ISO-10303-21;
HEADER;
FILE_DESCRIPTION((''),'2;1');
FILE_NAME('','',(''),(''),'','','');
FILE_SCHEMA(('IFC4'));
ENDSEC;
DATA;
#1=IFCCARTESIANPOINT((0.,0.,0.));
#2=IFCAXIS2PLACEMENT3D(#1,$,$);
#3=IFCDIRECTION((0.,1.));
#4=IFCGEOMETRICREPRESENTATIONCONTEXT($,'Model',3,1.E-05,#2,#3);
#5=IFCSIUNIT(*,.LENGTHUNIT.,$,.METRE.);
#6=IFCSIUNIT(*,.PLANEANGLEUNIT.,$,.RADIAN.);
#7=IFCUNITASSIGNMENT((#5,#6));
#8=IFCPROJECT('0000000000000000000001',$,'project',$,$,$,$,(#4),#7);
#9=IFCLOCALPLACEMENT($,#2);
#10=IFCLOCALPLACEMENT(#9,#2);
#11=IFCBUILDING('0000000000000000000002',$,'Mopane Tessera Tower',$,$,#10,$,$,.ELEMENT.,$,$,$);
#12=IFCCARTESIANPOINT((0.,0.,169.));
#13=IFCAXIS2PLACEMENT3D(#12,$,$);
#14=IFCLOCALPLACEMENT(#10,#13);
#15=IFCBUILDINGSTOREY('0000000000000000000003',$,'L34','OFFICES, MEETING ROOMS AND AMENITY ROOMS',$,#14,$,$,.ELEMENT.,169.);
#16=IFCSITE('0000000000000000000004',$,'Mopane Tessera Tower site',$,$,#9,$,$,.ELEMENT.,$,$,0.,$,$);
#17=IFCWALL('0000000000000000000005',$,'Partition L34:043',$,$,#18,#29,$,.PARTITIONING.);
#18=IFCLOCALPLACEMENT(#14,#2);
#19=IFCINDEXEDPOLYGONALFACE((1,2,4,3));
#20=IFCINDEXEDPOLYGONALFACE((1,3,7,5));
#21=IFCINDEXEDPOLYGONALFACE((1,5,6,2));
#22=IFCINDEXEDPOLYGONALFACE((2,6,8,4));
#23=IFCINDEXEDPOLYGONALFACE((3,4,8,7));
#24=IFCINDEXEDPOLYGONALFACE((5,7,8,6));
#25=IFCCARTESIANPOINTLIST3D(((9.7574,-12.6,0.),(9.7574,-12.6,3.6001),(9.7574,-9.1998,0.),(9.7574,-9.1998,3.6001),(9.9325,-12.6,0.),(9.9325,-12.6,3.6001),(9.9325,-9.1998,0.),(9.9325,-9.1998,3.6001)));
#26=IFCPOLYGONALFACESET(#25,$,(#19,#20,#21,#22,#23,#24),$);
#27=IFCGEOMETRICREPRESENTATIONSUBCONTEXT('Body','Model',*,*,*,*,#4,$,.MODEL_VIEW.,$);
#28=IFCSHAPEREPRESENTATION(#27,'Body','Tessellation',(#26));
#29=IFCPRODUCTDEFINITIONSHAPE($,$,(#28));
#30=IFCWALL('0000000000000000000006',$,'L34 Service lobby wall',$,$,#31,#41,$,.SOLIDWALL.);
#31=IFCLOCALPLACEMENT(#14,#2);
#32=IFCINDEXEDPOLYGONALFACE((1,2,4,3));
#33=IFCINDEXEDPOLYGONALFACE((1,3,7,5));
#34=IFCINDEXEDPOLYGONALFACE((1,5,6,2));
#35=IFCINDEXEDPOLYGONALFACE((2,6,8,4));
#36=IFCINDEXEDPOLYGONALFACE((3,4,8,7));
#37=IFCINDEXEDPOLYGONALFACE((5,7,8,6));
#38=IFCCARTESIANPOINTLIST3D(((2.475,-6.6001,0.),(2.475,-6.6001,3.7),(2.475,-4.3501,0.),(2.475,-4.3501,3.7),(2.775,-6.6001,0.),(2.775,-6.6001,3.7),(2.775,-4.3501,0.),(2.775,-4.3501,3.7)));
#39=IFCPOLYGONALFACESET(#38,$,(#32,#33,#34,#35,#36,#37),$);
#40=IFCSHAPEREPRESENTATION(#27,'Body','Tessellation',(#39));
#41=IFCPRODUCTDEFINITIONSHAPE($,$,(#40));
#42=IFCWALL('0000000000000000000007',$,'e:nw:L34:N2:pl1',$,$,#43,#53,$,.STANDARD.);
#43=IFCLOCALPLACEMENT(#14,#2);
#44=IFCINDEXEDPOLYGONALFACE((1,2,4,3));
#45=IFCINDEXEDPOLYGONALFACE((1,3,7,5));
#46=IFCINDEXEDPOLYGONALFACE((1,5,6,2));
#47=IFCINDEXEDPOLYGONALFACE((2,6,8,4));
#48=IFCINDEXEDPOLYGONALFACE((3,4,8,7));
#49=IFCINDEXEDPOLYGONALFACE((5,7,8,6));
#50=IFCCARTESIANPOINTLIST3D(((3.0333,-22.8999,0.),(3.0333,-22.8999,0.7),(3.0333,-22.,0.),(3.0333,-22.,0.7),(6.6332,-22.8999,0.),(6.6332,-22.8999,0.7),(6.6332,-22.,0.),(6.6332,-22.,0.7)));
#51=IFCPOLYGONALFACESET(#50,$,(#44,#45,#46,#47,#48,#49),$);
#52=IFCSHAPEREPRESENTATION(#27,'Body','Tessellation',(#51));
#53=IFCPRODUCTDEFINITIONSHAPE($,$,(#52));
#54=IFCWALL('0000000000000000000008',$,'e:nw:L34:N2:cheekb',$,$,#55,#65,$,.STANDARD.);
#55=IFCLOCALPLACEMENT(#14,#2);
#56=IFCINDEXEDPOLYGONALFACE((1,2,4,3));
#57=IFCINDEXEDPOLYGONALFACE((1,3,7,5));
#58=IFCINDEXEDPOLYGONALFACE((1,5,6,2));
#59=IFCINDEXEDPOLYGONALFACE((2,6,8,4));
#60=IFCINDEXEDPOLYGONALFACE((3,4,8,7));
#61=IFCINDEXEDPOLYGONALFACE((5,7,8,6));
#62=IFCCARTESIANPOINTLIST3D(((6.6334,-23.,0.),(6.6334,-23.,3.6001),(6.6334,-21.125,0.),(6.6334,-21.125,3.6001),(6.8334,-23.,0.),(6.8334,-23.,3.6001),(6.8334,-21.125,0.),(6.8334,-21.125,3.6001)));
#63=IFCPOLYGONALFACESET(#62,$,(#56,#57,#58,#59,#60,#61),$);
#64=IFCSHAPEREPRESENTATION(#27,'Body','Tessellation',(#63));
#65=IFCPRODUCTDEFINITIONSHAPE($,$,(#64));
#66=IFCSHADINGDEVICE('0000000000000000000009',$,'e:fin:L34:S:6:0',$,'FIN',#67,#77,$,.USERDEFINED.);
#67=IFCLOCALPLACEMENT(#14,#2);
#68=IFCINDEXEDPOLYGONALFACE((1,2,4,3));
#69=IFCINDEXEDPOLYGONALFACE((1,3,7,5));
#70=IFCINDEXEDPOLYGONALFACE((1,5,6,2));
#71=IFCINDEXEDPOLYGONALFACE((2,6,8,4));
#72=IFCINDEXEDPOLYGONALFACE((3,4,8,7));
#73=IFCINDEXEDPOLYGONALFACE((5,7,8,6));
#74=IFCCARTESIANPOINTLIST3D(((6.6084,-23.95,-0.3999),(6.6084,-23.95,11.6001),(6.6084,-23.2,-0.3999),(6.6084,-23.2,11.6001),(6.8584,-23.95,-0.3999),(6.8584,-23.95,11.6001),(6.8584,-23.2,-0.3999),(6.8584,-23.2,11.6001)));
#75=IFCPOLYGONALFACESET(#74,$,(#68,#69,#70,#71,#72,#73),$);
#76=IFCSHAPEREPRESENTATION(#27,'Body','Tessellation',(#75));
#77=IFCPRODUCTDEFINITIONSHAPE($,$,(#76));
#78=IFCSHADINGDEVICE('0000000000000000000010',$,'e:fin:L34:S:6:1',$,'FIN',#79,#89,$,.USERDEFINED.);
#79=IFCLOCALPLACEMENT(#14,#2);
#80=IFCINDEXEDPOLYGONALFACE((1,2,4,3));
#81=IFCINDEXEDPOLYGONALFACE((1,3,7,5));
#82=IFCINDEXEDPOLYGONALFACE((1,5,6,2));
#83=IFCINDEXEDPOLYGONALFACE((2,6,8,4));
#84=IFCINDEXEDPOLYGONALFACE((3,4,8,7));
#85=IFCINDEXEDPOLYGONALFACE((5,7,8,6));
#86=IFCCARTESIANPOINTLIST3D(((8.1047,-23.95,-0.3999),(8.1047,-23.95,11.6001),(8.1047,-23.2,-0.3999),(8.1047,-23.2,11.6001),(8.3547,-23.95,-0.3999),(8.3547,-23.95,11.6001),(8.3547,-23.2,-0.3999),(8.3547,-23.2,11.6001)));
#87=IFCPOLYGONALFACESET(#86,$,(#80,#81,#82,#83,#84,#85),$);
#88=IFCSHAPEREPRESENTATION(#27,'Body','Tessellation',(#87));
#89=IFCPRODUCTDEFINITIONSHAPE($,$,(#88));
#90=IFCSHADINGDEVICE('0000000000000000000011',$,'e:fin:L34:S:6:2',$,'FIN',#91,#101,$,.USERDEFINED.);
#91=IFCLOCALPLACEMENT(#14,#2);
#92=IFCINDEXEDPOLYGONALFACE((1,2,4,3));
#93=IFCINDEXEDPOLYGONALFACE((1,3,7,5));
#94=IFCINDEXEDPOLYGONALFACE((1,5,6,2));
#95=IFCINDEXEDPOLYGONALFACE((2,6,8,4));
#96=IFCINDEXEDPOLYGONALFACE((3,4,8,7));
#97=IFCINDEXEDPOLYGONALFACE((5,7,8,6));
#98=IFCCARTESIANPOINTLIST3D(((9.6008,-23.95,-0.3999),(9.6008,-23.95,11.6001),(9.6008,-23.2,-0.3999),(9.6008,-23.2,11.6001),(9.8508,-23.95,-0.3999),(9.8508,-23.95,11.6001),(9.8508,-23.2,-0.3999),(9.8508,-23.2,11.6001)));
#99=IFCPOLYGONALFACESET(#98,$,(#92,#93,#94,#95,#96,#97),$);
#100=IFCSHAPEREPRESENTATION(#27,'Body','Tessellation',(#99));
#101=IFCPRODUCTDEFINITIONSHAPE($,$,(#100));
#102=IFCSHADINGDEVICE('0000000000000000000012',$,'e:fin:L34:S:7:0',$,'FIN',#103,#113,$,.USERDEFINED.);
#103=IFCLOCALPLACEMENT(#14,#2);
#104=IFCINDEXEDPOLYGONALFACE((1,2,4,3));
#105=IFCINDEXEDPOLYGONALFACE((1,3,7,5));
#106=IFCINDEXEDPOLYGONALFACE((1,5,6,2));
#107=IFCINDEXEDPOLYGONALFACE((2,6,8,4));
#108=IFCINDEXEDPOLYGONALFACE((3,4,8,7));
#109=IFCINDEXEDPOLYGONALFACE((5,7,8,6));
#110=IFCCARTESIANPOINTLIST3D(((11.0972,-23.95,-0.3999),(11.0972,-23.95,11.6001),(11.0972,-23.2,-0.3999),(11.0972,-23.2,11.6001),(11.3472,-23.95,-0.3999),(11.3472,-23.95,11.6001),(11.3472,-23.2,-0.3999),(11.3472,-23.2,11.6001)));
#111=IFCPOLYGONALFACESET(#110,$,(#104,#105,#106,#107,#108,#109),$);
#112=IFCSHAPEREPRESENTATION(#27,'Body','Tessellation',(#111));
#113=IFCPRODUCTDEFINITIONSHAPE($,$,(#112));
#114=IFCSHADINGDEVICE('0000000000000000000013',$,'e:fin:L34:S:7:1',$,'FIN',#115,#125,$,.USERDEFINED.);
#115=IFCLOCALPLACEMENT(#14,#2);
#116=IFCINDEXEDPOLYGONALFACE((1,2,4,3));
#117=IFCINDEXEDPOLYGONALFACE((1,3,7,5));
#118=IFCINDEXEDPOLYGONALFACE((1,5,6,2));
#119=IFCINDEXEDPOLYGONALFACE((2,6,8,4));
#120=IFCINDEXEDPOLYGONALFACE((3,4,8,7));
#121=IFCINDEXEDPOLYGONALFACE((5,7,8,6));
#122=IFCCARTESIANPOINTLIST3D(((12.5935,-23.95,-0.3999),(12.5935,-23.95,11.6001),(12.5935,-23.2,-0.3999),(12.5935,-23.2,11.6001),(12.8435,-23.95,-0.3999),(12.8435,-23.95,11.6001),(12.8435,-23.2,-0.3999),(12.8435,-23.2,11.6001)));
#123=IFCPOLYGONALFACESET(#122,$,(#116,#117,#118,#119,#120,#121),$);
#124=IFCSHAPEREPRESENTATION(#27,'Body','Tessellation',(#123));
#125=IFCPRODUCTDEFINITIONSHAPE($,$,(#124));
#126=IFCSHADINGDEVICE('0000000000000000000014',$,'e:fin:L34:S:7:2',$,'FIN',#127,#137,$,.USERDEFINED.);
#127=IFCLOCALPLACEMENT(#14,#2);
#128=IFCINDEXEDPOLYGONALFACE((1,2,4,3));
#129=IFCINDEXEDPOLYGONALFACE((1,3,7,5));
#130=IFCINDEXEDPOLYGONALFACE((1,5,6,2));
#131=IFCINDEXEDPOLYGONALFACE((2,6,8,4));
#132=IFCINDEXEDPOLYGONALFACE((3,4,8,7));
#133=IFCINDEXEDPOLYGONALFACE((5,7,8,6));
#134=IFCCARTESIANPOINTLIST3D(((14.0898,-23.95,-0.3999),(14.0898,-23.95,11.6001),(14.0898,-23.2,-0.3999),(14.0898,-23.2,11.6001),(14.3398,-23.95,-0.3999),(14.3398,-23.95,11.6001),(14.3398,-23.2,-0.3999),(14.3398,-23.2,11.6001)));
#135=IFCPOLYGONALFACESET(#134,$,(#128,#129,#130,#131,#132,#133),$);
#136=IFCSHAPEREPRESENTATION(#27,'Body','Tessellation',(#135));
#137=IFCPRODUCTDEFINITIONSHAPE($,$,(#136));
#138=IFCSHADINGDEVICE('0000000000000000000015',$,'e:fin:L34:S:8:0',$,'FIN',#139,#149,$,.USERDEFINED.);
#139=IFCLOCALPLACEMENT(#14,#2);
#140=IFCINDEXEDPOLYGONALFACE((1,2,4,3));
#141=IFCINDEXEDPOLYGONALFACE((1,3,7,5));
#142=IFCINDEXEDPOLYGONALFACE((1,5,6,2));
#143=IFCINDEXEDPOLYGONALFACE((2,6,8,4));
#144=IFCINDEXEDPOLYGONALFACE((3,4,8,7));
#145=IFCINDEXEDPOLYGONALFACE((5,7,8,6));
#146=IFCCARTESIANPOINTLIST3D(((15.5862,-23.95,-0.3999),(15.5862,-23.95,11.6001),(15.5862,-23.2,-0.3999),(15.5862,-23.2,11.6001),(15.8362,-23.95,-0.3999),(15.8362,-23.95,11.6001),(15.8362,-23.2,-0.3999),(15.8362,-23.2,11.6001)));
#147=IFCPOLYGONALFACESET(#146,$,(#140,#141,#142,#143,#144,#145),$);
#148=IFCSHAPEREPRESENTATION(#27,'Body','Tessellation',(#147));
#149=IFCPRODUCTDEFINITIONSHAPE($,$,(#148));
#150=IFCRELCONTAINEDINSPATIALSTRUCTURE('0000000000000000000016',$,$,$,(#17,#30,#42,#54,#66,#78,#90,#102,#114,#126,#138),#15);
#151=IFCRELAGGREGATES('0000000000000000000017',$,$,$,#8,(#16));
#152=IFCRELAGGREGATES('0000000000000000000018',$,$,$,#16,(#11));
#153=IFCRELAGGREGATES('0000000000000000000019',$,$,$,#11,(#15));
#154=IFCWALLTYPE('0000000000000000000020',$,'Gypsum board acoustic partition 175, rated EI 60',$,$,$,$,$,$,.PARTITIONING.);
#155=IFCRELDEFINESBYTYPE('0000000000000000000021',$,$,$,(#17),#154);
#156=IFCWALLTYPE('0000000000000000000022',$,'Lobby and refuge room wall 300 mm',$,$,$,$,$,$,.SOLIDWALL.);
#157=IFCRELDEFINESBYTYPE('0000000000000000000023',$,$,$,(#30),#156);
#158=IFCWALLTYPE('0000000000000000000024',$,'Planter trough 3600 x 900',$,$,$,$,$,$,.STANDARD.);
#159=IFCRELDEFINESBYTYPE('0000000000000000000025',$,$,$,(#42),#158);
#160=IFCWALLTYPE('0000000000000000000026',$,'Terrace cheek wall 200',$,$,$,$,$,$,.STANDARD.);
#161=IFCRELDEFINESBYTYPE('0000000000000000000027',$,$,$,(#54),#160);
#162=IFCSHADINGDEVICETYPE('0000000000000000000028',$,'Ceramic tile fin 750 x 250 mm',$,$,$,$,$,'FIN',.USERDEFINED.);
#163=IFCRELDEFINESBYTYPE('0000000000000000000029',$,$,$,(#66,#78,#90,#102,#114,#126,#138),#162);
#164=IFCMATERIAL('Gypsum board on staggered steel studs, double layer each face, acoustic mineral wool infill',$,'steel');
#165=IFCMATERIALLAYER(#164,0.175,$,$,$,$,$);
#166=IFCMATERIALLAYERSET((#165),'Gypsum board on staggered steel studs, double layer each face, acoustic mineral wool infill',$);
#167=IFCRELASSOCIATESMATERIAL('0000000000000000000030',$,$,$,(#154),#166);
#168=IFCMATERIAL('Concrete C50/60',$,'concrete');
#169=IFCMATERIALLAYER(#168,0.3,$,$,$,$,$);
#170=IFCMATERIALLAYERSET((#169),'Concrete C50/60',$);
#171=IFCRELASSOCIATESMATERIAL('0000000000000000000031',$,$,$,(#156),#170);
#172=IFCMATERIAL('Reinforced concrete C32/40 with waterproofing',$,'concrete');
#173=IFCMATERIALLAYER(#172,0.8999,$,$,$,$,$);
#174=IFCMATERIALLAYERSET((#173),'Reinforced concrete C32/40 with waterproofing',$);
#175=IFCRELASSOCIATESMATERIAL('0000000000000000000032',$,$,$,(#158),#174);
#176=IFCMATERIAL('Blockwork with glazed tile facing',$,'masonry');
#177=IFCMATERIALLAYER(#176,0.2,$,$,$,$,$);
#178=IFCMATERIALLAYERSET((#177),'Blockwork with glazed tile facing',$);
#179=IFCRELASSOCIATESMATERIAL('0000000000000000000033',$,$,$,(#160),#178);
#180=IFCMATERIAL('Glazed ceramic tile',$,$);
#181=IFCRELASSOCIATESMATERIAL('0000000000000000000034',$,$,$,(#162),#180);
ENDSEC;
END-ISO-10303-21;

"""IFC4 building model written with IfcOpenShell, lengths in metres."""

from ifc_helpers import new_model, si_unit, direction, frame, frame_2d, origin, origin_2d, place, context, subcontext, project, spatial, rectangle, extrude, material, layer, layer_set, type_object, element, save


model = new_model("IFC4")

# Units and contexts
model_context = context("Model", 3, precision=1e-05, world=origin(), true_north=direction((0.0, 1.0)))
body_context = subcontext(model_context, "Body", "Model", "MODEL_VIEW")
ifc_project = project(units=[si_unit("LENGTHUNIT", "METRE"), si_unit("PLANEANGLEUNIT", "RADIAN")], contexts=[model_context])

# Site, building, storey
site_placement = place(None, origin())
site = spatial("IfcSite", under=ifc_project, at=site_placement, Name="Mopane Tessera Tower site", CompositionType="ELEMENT", RefElevation=0.0)
building_placement = place(site_placement, origin())
building = spatial("IfcBuilding", under=site, at=building_placement, Name="Mopane Tessera Tower", CompositionType="ELEMENT")
storey_placement = place(building_placement, frame((0.0, 0.0, 169.0)))
storey = spatial("IfcBuildingStorey", under=building, at=storey_placement, Name="L34", Description="OFFICES, MEETING ROOMS AND AMENITY ROOMS", CompositionType="ELEMENT", Elevation=169.0)

# Walls
ifc_material_1 = material(Name="Gypsum board on staggered steel studs, double layer each face, acoustic mineral wool infill", Category="steel")
ifc_layer_1 = layer(ifc_material_1, 0.175)
ifc_layer_set_1 = layer_set([ifc_layer_1], Name="Gypsum board on staggered steel studs, double layer each face, acoustic mineral wool infill")
wall_type_1 = type_object("IfcWallType", Name="Gypsum board acoustic partition 175, rated EI 60", PredefinedType="PARTITIONING", material=ifc_layer_set_1)
wall_1_placement = place(storey_placement, frame((9.845, -12.6001, 0.0), z_axis=(0.0, 0.0, 1.0), x_axis=(0.0, 1.0, 0.0)))
element("IfcWall", 1, at=wall_1_placement, inside=storey, type_object=wall_type_1, Name="Partition L34:043", PredefinedType="PARTITIONING", context=body_context, shape_type="SweptSolid", body=[
    extrude(rectangle(XDim=3.4001, YDim=0.175, at=frame_2d((1.7002, 0.0))), origin(), (0.0, 0.0, 1.0), 3.6001),
])
ifc_material_2 = material(Name="Concrete C50/60", Category="concrete")
ifc_layer_2 = layer(ifc_material_2, 0.3)
ifc_layer_set_2 = layer_set([ifc_layer_2], Name="Concrete C50/60")
wall_type_2 = type_object("IfcWallType", Name="Lobby and refuge room wall 300 mm", PredefinedType="SOLIDWALL", material=ifc_layer_set_2)
wall_2_placement = place(storey_placement, frame((2.625, -6.6001, 0.0), z_axis=(0.0, 0.0, 1.0), x_axis=(0.0, 1.0, 0.0)))
element("IfcWall", 2, at=wall_2_placement, inside=storey, type_object=wall_type_2, Name="L34 Service lobby wall", PredefinedType="SOLIDWALL", context=body_context, shape_type="SweptSolid", body=[
    extrude(rectangle(XDim=2.25, YDim=0.3, at=frame_2d((1.125, 0.0))), origin(), (0.0, 0.0, 1.0), 3.7),
])
ifc_material_3 = material(Name="Reinforced concrete C32/40 with waterproofing", Category="concrete")
ifc_layer_3 = layer(ifc_material_3, 0.8999)
ifc_layer_set_3 = layer_set([ifc_layer_3], Name="Reinforced concrete C32/40 with waterproofing")
wall_type_3 = type_object("IfcWallType", Name="Planter trough 3600 x 900", PredefinedType="STANDARD", material=ifc_layer_set_3)
wall_3_placement = place(storey_placement, frame((3.0334, -22.45, 0.0), z_axis=(0.0, 0.0, 1.0), x_axis=(1.0, 0.0, 0.0)))
element("IfcWall", 3, at=wall_3_placement, inside=storey, type_object=wall_type_3, Name="e:nw:L34:N2:pl1", PredefinedType="STANDARD", context=body_context, shape_type="SweptSolid", body=[
    extrude(rectangle(XDim=3.5999, YDim=0.8999, at=frame_2d((1.7998, 0.0))), origin(), (0.0, 0.0, 1.0), 0.7),
])
ifc_material_4 = material(Name="Blockwork with glazed tile facing", Category="masonry")
ifc_layer_4 = layer(ifc_material_4, 0.2)
ifc_layer_set_4 = layer_set([ifc_layer_4], Name="Blockwork with glazed tile facing")
wall_type_4 = type_object("IfcWallType", Name="Terrace cheek wall 200", PredefinedType="STANDARD", material=ifc_layer_set_4)
wall_4_placement = place(storey_placement, frame((6.7334, -23.0, 0.0), z_axis=(0.0, 0.0, 1.0), x_axis=(0.0, 1.0, 0.0)))
element("IfcWall", 4, at=wall_4_placement, inside=storey, type_object=wall_type_4, Name="e:nw:L34:N2:cheekb", PredefinedType="STANDARD", context=body_context, shape_type="SweptSolid", body=[
    extrude(rectangle(XDim=1.875, YDim=0.2, at=frame_2d((0.9375, 0.0))), origin(), (0.0, 0.0, 1.0), 3.6001),
])

# Shading devices
ifc_material_5 = material(Name="Glazed ceramic tile")
shading_device_type = type_object("IfcShadingDeviceType", Name="Ceramic tile fin 750 x 250 mm", ElementType="FIN", PredefinedType="USERDEFINED", material=ifc_material_5)
for number, where, z_axis, x_axis, name in (
    (5, (6.7334, -23.575, -0.3999), (0.0, 0.0, 1.0), (1.0, 0.0, 0.0), "e:fin:L34:S:6:0"),
    (6, (8.2297, -23.575, -0.3999), (0.0, 0.0, 1.0), (1.0, 0.0, 0.0), "e:fin:L34:S:6:1"),
    (7, (9.7258, -23.575, -0.3999), (0.0, 0.0, 1.0), (1.0, 0.0, 0.0), "e:fin:L34:S:6:2"),
    (8, (11.2222, -23.575, -0.3999), (0.0, 0.0, 1.0), (1.0, 0.0, 0.0), "e:fin:L34:S:7:0"),
    (9, (12.7185, -23.575, -0.3999), (0.0, 0.0, 1.0), (1.0, 0.0, 0.0), "e:fin:L34:S:7:1"),
    (10, (14.2148, -23.575, -0.3999), (0.0, 0.0, 1.0), (1.0, 0.0, 0.0), "e:fin:L34:S:7:2"),
    (11, (15.7112, -23.575, -0.3999), (0.0, 0.0, 1.0), (1.0, 0.0, 0.0), "e:fin:L34:S:8:0"),
):
    element("IfcShadingDevice", number, at=place(storey_placement, frame(where, z_axis=z_axis, x_axis=x_axis)), inside=storey, type_object=shading_device_type, Name=name, ObjectType="FIN", PredefinedType="USERDEFINED", context=body_context, shape_type="SweptSolid", body=[
        extrude(rectangle(XDim=0.25, YDim=0.75, at=origin_2d()), origin(), (0.0, 0.0, 1.0), 12.0),
    ])

save(model, "model.ifc")
